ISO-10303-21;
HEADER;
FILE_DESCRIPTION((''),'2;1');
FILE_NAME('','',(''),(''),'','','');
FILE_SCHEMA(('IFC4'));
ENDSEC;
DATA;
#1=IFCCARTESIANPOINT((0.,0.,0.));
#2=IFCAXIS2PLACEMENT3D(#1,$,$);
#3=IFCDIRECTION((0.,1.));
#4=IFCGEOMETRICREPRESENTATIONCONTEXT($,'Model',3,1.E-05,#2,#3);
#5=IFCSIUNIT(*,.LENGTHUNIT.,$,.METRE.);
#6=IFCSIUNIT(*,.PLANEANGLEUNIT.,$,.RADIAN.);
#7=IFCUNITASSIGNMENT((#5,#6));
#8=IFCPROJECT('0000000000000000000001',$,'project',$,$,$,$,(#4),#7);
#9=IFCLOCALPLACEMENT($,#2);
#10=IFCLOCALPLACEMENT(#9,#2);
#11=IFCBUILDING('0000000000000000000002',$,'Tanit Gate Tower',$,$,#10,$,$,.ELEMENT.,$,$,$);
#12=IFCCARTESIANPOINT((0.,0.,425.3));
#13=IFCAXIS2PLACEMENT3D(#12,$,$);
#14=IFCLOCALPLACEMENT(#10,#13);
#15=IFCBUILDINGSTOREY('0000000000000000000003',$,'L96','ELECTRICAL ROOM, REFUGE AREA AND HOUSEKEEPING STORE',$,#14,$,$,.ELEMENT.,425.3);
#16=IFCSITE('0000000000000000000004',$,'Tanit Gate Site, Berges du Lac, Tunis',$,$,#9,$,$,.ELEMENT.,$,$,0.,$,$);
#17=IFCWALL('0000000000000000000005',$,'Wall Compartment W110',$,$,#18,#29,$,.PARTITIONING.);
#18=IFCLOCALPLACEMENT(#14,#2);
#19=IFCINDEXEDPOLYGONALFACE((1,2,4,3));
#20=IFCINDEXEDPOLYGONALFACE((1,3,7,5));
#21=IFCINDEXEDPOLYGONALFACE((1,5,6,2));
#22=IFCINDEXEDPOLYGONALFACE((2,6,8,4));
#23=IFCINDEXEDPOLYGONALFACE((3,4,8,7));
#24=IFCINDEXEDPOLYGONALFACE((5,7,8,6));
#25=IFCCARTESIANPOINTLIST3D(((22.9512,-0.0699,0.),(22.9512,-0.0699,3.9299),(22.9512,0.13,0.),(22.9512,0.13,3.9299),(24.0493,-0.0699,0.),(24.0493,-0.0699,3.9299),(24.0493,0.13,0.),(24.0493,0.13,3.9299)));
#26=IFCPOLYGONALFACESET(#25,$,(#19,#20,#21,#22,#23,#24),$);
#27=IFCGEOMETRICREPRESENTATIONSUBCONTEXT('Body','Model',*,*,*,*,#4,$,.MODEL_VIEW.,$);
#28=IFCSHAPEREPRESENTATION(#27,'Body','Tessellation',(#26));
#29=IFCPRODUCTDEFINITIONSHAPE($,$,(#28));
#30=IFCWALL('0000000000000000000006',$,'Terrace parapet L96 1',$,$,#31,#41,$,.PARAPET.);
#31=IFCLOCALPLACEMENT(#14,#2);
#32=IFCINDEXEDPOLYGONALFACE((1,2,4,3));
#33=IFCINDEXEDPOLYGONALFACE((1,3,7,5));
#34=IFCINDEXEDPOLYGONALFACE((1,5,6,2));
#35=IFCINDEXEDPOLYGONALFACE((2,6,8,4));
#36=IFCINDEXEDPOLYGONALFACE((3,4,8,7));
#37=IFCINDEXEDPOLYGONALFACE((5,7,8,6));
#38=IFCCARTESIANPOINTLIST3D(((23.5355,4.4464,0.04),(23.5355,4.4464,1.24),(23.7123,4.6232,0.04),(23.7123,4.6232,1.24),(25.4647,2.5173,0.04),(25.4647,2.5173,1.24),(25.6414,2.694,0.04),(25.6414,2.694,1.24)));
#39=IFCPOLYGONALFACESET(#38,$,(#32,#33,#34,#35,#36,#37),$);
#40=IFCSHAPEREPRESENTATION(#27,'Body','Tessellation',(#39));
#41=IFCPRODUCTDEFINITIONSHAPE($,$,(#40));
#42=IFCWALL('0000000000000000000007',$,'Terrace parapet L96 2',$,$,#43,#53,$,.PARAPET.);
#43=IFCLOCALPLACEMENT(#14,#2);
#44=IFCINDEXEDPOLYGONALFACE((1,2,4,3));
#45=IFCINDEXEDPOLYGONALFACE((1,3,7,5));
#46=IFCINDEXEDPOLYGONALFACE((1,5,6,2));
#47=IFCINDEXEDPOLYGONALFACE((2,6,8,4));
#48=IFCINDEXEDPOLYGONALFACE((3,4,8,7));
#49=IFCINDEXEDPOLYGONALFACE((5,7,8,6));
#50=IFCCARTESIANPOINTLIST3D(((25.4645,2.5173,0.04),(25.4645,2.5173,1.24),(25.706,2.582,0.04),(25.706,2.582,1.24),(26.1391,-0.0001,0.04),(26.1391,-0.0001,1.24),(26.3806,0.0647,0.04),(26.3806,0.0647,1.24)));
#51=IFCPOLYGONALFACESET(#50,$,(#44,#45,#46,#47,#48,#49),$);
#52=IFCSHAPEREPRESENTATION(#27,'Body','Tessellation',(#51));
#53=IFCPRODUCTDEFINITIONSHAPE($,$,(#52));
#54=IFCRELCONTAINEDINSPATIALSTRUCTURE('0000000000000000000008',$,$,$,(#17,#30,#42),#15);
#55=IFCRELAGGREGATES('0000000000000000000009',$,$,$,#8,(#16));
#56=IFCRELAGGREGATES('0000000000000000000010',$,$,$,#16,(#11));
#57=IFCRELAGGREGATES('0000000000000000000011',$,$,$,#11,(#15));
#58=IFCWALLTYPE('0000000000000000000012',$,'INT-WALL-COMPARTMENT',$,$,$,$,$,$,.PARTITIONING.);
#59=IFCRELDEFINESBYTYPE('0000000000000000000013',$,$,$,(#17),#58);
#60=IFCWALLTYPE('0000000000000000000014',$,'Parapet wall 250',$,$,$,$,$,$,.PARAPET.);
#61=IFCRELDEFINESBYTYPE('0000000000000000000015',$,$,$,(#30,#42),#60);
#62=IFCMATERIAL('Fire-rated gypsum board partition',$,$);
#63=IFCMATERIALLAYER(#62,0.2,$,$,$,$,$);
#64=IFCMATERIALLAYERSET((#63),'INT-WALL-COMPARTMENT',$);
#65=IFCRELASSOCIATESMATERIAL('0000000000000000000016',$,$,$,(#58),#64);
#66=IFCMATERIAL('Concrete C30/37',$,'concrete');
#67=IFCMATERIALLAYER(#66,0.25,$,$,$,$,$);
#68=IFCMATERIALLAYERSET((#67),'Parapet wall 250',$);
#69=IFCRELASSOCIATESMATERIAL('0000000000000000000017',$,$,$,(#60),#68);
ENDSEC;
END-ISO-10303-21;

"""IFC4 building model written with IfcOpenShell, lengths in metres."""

from ifc_helpers import new_model, si_unit, direction, frame, frame_2d, origin, place, context, subcontext, project, spatial, rectangle, extrude, material, layer, layer_set, type_object, element, save


model = new_model("IFC4")

# Units and contexts
model_context = context("Model", 3, precision=1e-05, world=origin(), true_north=direction((0.0, 1.0)))
body_context = subcontext(model_context, "Body", "Model", "MODEL_VIEW")
ifc_project = project(units=[si_unit("LENGTHUNIT", "METRE"), si_unit("PLANEANGLEUNIT", "RADIAN")], contexts=[model_context])

# Site, building, storey
site_placement = place(None, origin())
site = spatial("IfcSite", under=ifc_project, at=site_placement, Name="Tanit Gate Site, Berges du Lac, Tunis", CompositionType="ELEMENT", RefElevation=0.0)
building_placement = place(site_placement, origin())
building = spatial("IfcBuilding", under=site, at=building_placement, Name="Tanit Gate Tower", CompositionType="ELEMENT")
storey_placement = place(building_placement, frame((0.0, 0.0, 425.3)))
storey = spatial("IfcBuildingStorey", under=building, at=storey_placement, Name="L96", Description="ELECTRICAL ROOM, REFUGE AREA AND HOUSEKEEPING STORE", CompositionType="ELEMENT", Elevation=425.3)

# Shared definitions
ifc_material_1 = material(Name="Fire-rated gypsum board partition")
ifc_layer_1 = layer(ifc_material_1, 0.2)
ifc_layer_set_1 = layer_set([ifc_layer_1], Name="INT-WALL-COMPARTMENT")
wall_type_1 = type_object("IfcWallType", Name="INT-WALL-COMPARTMENT", PredefinedType="PARTITIONING", material=ifc_layer_set_1)

# Walls
wall_1_placement = place(storey_placement, frame((22.9512, 0.03, 0.0), z_axis=(0.0, 0.0, 1.0), x_axis=(1.0, 0.0, 0.0)))
element("IfcWall", 1, at=wall_1_placement, inside=storey, type_object=wall_type_1, Name="Wall Compartment W110", PredefinedType="PARTITIONING", context=body_context, shape_type="SweptSolid", body=[
    extrude(rectangle(XDim=1.0981, YDim=0.2, at=frame_2d((0.5491, 0.0))), origin(), (0.0, 0.0, 1.0), 3.9299),
])
ifc_material_2 = material(Name="Concrete C30/37", Category="concrete")
ifc_layer_2 = layer(ifc_material_2, 0.25)
ifc_layer_set_2 = layer_set([ifc_layer_2], Name="Parapet wall 250")
wall_type_2 = type_object("IfcWallType", Name="Parapet wall 250", PredefinedType="PARAPET", material=ifc_layer_set_2)
wall_2_placement = place(storey_placement, frame((23.6238, 4.5349, 0.04), z_axis=(0.0, 0.0, 1.0), x_axis=(0.707107, -0.707107, 0.0)))
element("IfcWall", 2, at=wall_2_placement, inside=storey, type_object=wall_type_2, Name="Terrace parapet L96 1", PredefinedType="PARAPET", context=body_context, shape_type="SweptSolid", body=[
    extrude(rectangle(XDim=2.7283, YDim=0.25, at=frame_2d((1.3643, 0.0))), origin(), (0.0, 0.0, 1.0), 1.2),
])
wall_3_placement = place(storey_placement, frame((25.5852, 2.5498, 0.04), z_axis=(0.0, 0.0, 1.0), x_axis=(0.258834, -0.965922, 0.0)))
element("IfcWall", 3, at=wall_3_placement, inside=storey, type_object=wall_type_2, Name="Terrace parapet L96 2", PredefinedType="PARAPET", context=body_context, shape_type="SweptSolid", body=[
    extrude(rectangle(XDim=2.6062, YDim=0.25, at=frame_2d((1.3032, 0.0))), origin(), (0.0, 0.0, 1.0), 1.2),
])

save(model, "model.ifc")
